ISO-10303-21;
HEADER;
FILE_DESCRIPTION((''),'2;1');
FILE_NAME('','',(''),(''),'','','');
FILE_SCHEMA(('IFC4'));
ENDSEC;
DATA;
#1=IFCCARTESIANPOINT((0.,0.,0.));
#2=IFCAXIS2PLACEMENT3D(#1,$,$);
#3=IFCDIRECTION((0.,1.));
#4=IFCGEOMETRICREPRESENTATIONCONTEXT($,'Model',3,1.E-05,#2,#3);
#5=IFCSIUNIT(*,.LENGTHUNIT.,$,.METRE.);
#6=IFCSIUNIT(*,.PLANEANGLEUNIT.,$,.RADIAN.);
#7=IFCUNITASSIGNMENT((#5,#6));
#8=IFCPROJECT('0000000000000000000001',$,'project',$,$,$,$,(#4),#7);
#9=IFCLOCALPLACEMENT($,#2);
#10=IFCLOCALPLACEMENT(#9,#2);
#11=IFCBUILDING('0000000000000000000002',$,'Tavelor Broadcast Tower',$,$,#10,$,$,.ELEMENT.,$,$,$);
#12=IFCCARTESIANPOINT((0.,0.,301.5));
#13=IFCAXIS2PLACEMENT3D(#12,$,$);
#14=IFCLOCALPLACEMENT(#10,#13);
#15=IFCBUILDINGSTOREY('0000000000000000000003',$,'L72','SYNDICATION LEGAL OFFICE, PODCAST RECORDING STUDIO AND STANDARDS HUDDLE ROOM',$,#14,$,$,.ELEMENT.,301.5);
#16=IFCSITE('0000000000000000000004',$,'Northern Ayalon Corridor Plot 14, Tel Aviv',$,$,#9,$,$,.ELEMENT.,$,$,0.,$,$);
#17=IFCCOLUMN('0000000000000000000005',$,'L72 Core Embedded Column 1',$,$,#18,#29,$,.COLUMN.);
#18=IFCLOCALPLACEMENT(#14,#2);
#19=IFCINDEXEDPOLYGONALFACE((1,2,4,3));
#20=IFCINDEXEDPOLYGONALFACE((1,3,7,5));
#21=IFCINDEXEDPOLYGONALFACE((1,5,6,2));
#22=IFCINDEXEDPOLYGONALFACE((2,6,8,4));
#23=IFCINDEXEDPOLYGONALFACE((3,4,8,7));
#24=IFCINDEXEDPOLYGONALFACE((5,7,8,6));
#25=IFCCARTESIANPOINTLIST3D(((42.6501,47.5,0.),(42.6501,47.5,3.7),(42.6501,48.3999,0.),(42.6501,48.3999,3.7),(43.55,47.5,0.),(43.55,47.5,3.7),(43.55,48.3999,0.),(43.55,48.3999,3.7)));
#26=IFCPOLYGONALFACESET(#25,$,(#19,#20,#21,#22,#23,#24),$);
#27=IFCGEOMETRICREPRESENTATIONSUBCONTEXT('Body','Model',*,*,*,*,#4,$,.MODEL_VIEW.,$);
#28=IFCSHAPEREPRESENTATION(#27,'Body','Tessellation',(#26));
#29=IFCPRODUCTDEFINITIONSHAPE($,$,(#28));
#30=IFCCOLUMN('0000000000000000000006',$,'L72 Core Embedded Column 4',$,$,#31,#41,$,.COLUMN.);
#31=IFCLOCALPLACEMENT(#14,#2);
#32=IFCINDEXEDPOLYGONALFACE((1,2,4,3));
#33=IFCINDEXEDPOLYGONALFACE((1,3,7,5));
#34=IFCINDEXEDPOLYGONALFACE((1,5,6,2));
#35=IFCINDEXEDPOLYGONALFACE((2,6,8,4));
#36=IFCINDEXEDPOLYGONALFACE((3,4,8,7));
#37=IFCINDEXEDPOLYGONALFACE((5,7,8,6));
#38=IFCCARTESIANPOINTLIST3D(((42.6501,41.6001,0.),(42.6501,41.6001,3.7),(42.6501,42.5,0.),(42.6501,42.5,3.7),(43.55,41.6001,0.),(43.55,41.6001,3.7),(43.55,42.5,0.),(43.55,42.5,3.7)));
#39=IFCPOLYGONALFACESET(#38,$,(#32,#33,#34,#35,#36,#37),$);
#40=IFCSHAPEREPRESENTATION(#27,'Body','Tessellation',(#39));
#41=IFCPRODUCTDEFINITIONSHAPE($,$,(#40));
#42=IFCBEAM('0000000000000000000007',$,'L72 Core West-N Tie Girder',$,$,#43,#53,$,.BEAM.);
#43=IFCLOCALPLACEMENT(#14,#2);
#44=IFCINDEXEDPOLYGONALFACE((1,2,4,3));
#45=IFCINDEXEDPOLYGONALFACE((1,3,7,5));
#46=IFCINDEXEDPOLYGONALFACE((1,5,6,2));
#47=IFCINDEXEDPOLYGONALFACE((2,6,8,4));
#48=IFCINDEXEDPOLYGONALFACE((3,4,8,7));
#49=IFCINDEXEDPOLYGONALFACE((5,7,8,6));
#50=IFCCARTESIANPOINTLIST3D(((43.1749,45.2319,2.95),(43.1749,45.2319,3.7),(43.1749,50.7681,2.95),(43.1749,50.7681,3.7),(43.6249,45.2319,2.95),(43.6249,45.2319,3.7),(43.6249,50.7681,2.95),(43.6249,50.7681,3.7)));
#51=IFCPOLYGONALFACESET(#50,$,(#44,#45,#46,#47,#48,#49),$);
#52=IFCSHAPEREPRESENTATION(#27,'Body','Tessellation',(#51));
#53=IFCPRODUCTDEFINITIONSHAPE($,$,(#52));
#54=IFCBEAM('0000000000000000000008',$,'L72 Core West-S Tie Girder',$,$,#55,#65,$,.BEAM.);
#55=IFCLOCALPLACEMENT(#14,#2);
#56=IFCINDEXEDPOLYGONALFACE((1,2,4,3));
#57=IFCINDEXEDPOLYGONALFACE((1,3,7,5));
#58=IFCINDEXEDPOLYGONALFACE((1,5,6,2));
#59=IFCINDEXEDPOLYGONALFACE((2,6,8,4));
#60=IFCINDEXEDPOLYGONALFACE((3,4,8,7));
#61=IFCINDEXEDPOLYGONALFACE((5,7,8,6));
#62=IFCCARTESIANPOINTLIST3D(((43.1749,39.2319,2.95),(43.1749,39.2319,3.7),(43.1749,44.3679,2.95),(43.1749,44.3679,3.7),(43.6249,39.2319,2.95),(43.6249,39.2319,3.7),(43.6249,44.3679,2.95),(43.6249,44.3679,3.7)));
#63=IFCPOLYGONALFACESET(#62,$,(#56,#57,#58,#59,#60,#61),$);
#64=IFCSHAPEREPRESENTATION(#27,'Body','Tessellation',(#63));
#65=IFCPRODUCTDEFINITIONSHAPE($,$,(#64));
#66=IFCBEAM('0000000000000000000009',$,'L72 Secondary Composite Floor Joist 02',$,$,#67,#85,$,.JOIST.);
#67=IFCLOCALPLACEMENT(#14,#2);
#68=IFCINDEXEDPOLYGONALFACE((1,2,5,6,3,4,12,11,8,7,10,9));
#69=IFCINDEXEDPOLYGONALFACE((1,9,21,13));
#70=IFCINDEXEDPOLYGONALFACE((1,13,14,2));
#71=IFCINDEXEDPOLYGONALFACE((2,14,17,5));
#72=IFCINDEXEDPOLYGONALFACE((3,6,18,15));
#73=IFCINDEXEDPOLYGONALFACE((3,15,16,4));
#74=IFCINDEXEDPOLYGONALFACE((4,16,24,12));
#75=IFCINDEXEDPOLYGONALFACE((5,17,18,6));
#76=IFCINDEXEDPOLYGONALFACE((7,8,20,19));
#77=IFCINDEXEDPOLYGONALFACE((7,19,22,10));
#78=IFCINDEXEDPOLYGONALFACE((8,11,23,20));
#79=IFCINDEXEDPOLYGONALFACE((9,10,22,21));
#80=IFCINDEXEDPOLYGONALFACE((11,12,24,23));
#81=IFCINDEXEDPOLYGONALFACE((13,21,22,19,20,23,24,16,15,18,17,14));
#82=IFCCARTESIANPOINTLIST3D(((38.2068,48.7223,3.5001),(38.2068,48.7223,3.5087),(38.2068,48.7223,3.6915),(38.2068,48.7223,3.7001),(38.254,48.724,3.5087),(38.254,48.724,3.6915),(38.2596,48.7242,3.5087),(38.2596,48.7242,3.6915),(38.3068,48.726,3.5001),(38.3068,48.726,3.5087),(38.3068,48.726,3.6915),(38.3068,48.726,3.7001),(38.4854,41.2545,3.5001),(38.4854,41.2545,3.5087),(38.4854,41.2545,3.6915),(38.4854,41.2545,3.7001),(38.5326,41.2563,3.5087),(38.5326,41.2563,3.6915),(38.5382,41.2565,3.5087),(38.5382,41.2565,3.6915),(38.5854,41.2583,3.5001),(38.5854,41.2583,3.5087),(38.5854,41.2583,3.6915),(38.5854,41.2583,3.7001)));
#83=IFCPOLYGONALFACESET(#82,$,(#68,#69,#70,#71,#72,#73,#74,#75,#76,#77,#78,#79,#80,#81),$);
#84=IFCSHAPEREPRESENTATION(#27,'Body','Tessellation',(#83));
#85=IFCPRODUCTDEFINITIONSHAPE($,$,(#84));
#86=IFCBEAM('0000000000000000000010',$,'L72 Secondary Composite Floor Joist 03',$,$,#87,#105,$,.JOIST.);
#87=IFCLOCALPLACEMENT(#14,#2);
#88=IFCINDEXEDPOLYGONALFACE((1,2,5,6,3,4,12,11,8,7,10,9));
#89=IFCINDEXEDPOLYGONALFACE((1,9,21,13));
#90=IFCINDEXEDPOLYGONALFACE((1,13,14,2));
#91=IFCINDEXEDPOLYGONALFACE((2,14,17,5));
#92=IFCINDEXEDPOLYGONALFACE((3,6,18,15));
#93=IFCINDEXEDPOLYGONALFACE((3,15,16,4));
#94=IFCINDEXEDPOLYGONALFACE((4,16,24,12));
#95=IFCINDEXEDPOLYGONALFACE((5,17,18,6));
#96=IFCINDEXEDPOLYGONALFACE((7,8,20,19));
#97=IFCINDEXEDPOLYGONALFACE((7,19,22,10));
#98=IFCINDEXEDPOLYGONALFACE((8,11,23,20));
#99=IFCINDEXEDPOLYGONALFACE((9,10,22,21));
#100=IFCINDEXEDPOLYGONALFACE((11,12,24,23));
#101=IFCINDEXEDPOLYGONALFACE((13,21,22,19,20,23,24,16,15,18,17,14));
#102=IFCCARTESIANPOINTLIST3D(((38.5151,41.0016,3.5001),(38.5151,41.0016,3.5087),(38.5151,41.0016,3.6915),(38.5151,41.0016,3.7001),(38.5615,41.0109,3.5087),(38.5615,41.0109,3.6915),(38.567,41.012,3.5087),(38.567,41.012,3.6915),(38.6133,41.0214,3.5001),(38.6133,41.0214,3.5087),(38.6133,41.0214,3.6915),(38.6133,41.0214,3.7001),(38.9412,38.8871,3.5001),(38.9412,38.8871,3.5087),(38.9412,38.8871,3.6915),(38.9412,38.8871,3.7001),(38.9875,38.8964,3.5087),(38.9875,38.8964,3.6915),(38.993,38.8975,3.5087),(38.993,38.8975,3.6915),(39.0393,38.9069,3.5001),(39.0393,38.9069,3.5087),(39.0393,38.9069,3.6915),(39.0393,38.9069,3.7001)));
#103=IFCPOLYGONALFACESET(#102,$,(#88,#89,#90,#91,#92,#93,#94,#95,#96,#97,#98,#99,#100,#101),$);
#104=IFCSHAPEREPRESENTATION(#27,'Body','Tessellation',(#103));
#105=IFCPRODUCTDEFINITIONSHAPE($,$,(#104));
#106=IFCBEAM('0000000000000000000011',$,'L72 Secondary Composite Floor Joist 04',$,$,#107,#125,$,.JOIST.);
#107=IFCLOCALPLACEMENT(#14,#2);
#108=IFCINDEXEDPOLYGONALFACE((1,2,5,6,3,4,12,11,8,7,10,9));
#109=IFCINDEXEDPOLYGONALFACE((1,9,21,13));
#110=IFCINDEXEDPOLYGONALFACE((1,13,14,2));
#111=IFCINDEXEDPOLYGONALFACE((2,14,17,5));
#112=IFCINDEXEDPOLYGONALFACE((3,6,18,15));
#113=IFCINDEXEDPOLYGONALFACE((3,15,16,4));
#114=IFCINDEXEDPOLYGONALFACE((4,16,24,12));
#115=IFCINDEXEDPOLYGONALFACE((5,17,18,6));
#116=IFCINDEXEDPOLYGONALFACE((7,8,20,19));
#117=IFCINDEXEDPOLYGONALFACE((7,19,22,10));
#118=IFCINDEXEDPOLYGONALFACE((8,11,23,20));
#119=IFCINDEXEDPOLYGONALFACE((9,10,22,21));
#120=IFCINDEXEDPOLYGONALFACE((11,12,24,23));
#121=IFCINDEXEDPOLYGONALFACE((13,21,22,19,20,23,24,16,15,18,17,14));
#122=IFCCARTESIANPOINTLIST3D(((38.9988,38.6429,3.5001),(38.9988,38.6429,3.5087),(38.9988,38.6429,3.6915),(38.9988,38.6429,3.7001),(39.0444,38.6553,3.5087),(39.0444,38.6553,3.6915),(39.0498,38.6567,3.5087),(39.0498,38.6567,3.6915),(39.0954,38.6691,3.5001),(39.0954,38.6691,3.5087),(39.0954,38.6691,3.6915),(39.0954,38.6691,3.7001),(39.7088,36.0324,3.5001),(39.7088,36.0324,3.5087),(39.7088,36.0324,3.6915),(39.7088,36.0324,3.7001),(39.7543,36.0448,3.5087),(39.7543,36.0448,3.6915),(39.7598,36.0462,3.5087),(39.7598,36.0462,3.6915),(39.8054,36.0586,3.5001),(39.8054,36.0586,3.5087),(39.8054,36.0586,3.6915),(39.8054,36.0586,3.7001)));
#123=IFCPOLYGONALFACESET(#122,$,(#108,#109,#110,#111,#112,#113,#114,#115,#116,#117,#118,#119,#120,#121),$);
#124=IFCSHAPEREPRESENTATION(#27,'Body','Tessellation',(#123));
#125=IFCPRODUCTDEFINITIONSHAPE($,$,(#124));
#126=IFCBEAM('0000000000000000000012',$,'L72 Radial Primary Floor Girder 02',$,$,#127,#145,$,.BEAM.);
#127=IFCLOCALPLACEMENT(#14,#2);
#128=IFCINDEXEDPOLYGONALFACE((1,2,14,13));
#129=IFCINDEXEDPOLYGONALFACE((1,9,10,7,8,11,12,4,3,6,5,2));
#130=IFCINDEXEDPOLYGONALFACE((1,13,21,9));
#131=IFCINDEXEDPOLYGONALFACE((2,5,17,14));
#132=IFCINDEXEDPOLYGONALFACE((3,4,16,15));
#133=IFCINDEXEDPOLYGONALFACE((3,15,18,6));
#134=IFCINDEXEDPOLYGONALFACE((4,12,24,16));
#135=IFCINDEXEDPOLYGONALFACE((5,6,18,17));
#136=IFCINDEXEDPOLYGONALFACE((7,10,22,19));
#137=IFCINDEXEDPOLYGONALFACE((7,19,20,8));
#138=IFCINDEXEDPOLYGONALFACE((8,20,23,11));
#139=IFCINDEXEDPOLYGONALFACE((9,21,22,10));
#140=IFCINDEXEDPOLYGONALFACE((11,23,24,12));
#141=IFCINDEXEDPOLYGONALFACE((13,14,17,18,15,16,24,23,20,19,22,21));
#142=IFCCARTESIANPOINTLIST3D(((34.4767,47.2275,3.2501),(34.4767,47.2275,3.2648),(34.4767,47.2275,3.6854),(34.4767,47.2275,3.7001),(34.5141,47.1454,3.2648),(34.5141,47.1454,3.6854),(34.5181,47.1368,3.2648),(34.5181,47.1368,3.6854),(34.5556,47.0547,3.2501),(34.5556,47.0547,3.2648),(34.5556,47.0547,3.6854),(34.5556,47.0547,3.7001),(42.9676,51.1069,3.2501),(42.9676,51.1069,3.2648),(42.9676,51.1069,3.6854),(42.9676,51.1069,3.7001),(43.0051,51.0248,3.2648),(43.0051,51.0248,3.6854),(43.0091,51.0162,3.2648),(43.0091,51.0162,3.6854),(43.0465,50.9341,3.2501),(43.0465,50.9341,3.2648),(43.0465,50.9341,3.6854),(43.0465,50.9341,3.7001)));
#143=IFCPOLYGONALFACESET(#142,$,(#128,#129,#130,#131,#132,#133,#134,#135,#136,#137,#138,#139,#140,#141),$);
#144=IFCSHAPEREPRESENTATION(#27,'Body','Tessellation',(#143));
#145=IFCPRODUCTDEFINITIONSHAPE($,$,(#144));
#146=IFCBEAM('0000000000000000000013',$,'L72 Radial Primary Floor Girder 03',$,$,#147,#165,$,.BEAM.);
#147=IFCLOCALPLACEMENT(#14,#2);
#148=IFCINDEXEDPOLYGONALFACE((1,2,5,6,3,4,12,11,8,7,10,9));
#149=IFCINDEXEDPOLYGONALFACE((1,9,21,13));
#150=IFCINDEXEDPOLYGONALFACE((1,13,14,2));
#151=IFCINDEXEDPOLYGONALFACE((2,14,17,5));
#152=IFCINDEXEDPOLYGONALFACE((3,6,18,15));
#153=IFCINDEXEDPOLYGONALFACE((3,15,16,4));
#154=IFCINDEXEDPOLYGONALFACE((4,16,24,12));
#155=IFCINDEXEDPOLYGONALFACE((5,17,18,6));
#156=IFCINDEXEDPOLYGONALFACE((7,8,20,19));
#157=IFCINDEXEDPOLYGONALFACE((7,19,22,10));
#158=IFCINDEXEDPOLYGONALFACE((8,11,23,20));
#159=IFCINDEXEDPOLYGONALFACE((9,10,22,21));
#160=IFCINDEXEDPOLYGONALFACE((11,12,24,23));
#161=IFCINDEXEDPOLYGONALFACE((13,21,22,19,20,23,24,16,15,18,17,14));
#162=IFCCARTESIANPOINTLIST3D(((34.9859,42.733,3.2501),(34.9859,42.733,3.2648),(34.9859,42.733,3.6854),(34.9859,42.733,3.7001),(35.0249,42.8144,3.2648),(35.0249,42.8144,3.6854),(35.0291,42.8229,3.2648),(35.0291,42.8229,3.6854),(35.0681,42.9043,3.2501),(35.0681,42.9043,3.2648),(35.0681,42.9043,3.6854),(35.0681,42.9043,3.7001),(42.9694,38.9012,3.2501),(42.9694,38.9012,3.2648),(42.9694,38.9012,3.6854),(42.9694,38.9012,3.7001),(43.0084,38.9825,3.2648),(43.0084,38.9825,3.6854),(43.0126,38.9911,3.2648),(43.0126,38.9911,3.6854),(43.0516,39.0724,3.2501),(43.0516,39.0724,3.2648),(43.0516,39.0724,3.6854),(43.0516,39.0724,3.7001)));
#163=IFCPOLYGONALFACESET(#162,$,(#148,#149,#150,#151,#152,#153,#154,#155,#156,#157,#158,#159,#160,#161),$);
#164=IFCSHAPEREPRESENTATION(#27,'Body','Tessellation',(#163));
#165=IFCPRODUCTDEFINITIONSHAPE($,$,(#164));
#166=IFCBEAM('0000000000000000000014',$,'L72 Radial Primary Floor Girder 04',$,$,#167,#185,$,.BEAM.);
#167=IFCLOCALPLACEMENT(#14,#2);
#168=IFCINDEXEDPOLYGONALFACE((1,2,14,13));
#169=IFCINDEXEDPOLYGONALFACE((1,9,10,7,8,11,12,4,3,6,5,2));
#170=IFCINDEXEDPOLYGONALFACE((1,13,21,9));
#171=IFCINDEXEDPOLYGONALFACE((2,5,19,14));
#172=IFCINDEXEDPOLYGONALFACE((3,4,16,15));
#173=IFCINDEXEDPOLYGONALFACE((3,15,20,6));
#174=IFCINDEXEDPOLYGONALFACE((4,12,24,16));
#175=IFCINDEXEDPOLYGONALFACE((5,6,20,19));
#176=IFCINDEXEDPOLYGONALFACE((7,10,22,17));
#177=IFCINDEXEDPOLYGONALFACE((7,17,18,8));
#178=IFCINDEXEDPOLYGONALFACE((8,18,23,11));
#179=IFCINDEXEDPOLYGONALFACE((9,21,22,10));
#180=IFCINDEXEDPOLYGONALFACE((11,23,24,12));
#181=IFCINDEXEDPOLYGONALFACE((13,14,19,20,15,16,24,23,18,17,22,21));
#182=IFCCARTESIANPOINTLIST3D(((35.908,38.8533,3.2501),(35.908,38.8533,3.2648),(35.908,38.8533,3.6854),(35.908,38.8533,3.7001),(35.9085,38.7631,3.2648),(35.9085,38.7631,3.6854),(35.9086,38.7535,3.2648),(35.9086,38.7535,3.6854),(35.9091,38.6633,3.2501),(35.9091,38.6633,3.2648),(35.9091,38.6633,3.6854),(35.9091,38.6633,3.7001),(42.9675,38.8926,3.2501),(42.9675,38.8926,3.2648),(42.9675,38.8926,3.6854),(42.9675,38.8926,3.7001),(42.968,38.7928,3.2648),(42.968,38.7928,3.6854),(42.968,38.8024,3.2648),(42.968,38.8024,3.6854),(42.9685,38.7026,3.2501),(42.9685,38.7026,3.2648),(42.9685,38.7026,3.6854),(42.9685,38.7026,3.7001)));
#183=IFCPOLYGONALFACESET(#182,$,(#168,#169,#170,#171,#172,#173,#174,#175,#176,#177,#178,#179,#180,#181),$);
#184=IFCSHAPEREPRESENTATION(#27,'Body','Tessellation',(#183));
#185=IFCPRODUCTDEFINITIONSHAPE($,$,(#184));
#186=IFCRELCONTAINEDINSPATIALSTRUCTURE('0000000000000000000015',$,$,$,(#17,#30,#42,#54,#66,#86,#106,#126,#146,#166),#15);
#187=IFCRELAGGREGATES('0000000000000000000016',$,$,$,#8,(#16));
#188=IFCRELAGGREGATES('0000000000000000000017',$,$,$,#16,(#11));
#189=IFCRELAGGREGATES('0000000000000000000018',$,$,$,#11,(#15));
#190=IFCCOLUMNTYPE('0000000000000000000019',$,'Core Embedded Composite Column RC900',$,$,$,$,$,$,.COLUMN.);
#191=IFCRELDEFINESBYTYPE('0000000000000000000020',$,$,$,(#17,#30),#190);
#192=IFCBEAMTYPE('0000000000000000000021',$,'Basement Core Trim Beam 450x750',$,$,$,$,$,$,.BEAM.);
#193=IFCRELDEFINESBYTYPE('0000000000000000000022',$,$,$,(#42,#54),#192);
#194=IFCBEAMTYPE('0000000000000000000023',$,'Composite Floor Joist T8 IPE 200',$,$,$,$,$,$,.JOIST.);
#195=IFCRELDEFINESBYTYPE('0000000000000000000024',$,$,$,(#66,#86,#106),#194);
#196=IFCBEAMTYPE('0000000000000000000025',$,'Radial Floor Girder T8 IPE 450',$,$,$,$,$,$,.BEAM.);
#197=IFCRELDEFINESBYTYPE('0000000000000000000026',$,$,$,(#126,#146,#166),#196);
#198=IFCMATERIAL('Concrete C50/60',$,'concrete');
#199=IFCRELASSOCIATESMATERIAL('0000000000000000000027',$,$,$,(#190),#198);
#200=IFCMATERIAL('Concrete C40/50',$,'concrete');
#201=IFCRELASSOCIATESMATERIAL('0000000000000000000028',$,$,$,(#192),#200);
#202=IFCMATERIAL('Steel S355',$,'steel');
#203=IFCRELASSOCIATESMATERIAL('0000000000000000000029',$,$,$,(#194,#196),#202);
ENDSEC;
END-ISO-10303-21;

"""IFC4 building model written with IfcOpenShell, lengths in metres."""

from ifc_helpers import new_model, si_unit, direction, frame, origin, origin_2d, place, context, subcontext, project, spatial, rectangle, i_section, extrude, material, material_profile, profile_set, type_object, element, save


model = new_model("IFC4")

# Units and contexts
model_context = context("Model", 3, precision=1e-05, world=origin(), true_north=direction((0.0, 1.0)))
body_context = subcontext(model_context, "Body", "Model", "MODEL_VIEW")
ifc_project = project(units=[si_unit("LENGTHUNIT", "METRE"), si_unit("PLANEANGLEUNIT", "RADIAN")], contexts=[model_context])

# Site, building, storey
site_placement = place(None, origin())
site = spatial("IfcSite", under=ifc_project, at=site_placement, Name="Northern Ayalon Corridor Plot 14, Tel Aviv", CompositionType="ELEMENT", RefElevation=0.0)
building_placement = place(site_placement, origin())
building = spatial("IfcBuilding", under=site, at=building_placement, Name="Tavelor Broadcast Tower", CompositionType="ELEMENT")
storey_placement = place(building_placement, frame((0.0, 0.0, 301.5)))
storey = spatial("IfcBuildingStorey", under=building, at=storey_placement, Name="L72", Description="SYNDICATION LEGAL OFFICE, PODCAST RECORDING STUDIO AND STANDARDS HUDDLE ROOM", CompositionType="ELEMENT", Elevation=301.5)

# Columns
ifc_material_1 = material(Name="Concrete C50/60", Category="concrete")
ifc_material_profile_1 = material_profile(ifc_material_1, rectangle(XDim=0.8999, YDim=0.8999, at=origin_2d()), Name="RC 900x900")
ifc_profile_set_1 = profile_set([ifc_material_profile_1], Name="Concrete C50/60")
column_type = type_object("IfcColumnType", Name="Core Embedded Composite Column RC900", PredefinedType="COLUMN", material=ifc_profile_set_1)
for number, where, z_axis, x_axis, name in (
    (1, (43.1001, 47.95, 0.0), (0.0, 0.0, 1.0), (1.0, 0.0, 0.0), "L72 Core Embedded Column 1"),
    (2, (43.1001, 42.05, 0.0), (0.0, 0.0, 1.0), (1.0, 0.0, 0.0), "L72 Core Embedded Column 4"),
):
    element("IfcColumn", number, at=place(storey_placement, frame(where, z_axis=z_axis, x_axis=x_axis)), inside=storey, type_object=column_type, Name=name, PredefinedType="COLUMN", context=body_context, shape_type="SweptSolid", body=[
        extrude(rectangle(XDim=0.8999, YDim=0.8999, at=origin_2d()), origin(), (0.0, 0.0, 1.0), 3.7),
    ])

# Beams
ifc_material_2 = material(Name="Concrete C40/50", Category="concrete")
ifc_material_profile_2 = material_profile(ifc_material_2, rectangle(XDim=0.45, YDim=0.75, at=origin_2d()), Name="RC 450x750")
ifc_profile_set_2 = profile_set([ifc_material_profile_2], Name="Concrete C40/50")
beam_type_1 = type_object("IfcBeamType", Name="Basement Core Trim Beam 450x750", PredefinedType="BEAM", material=ifc_profile_set_2)
beam_1_placement = place(storey_placement, frame((43.3999, 45.2319, 3.325), z_axis=(0.0, 1.0, 0.0), x_axis=(-1.0, 0.0, 0.0)))
element("IfcBeam", 3, at=beam_1_placement, inside=storey, type_object=beam_type_1, Name="L72 Core West-N Tie Girder", PredefinedType="BEAM", context=body_context, shape_type="SweptSolid", body=[
    extrude(rectangle(XDim=0.45, YDim=0.75, at=origin_2d()), origin(), (0.0, 0.0, 1.0), 5.5361),
])
beam_2_placement = place(storey_placement, frame((43.3999, 39.2319, 3.325), z_axis=(0.0, 1.0, 0.0), x_axis=(-1.0, 0.0, 0.0)))
element("IfcBeam", 4, at=beam_2_placement, inside=storey, type_object=beam_type_1, Name="L72 Core West-S Tie Girder", PredefinedType="BEAM", context=body_context, shape_type="SweptSolid", body=[
    extrude(rectangle(XDim=0.45, YDim=0.75, at=origin_2d()), origin(), (0.0, 0.0, 1.0), 5.136),
])
ifc_material_3 = material(Name="Steel S355", Category="steel")
ifc_material_profile_3 = material_profile(ifc_material_3, i_section(OverallWidth=0.1001, OverallDepth=0.2, WebThickness=0.0056, FlangeThickness=0.0085, at=origin_2d()), Name="IPE 200")
ifc_profile_set_3 = profile_set([ifc_material_profile_3], Name="Steel S355")
beam_type_2 = type_object("IfcBeamType", Name="Composite Floor Joist T8 IPE 200", PredefinedType="JOIST", material=ifc_profile_set_3)
beam_3_placement = place(storey_placement, frame((38.2568, 48.7241, 3.6001), z_axis=(0.037276, -0.999305, 0.0), x_axis=(0.999305, 0.037276, 0.0)))
element("IfcBeam", 5, at=beam_3_placement, inside=storey, type_object=beam_type_2, Name="L72 Secondary Composite Floor Joist 02", PredefinedType="JOIST", context=body_context, shape_type="SweptSolid", body=[
    extrude(i_section(OverallWidth=0.1001, OverallDepth=0.2, WebThickness=0.0056, FlangeThickness=0.0085, at=origin_2d()), origin(), (0.0, 0.0, 1.0), 7.4729),
])
beam_4_placement = place(storey_placement, frame((38.5642, 41.0115, 3.6001), z_axis=(0.197509, -0.980301, 0.0), x_axis=(0.980301, 0.197509, 0.0)))
element("IfcBeam", 6, at=beam_4_placement, inside=storey, type_object=beam_type_2, Name="L72 Secondary Composite Floor Joist 03", PredefinedType="JOIST", context=body_context, shape_type="SweptSolid", body=[
    extrude(i_section(OverallWidth=0.1001, OverallDepth=0.2, WebThickness=0.0056, FlangeThickness=0.0085, at=origin_2d()), origin(), (0.0, 0.0, 1.0), 2.157),
])
beam_5_placement = place(storey_placement, frame((39.0471, 38.656, 3.6001), z_axis=(0.262422, -0.964953, 0.0), x_axis=(0.964953, 0.262422, 0.0)))
element("IfcBeam", 7, at=beam_5_placement, inside=storey, type_object=beam_type_2, Name="L72 Secondary Composite Floor Joist 04", PredefinedType="JOIST", context=body_context, shape_type="SweptSolid", body=[
    extrude(i_section(OverallWidth=0.1001, OverallDepth=0.2, WebThickness=0.0056, FlangeThickness=0.0085, at=origin_2d()), origin(), (0.0, 0.0, 1.0), 2.7053),
])
ifc_material_profile_4 = material_profile(ifc_material_3, i_section(OverallWidth=0.1899, OverallDepth=0.45, WebThickness=0.0095, FlangeThickness=0.0146, at=origin_2d()), Name="IPE 450")
ifc_profile_set_4 = profile_set([ifc_material_profile_4], Name="Steel S355")
beam_type_3 = type_object("IfcBeamType", Name="Radial Floor Girder T8 IPE 450", PredefinedType="BEAM", material=ifc_profile_set_4)
beam_6_placement = place(storey_placement, frame((43.0071, 51.0205, 3.4751), z_axis=(-0.909563, -0.415566, 0.0), x_axis=(0.415566, -0.909563, 0.0)))
element("IfcBeam", 8, at=beam_6_placement, inside=storey, type_object=beam_type_3, Name="L72 Radial Primary Floor Girder 02", PredefinedType="BEAM", context=body_context, shape_type="SweptSolid", body=[
    extrude(i_section(OverallWidth=0.1899, OverallDepth=0.45, WebThickness=0.0095, FlangeThickness=0.0146, at=origin_2d()), origin(), (0.0, 0.0, 1.0), 9.3352),
])
beam_7_placement = place(storey_placement, frame((43.0105, 38.9868, 3.4751), z_axis=(-0.901534, 0.432709, 0.0), x_axis=(-0.432709, -0.901534, 0.0)))
element("IfcBeam", 9, at=beam_7_placement, inside=storey, type_object=beam_type_3, Name="L72 Radial Primary Floor Girder 03", PredefinedType="BEAM", context=body_context, shape_type="SweptSolid", body=[
    extrude(i_section(OverallWidth=0.1899, OverallDepth=0.45, WebThickness=0.0095, FlangeThickness=0.0146, at=origin_2d()), origin(), (0.0, 0.0, 1.0), 8.8555),
])
beam_8_placement = place(storey_placement, frame((42.968, 38.7976, 3.4751), z_axis=(-0.999984, -0.005568, 0.0), x_axis=(0.005568, -0.999984, 0.0)))
element("IfcBeam", 10, at=beam_8_placement, inside=storey, type_object=beam_type_3, Name="L72 Radial Primary Floor Girder 04", PredefinedType="BEAM", context=body_context, shape_type="SweptSolid", body=[
    extrude(i_section(OverallWidth=0.1899, OverallDepth=0.45, WebThickness=0.0095, FlangeThickness=0.0146, at=origin_2d()), origin(), (0.0, 0.0, 1.0), 7.0596),
])

save(model, "model.ifc")
